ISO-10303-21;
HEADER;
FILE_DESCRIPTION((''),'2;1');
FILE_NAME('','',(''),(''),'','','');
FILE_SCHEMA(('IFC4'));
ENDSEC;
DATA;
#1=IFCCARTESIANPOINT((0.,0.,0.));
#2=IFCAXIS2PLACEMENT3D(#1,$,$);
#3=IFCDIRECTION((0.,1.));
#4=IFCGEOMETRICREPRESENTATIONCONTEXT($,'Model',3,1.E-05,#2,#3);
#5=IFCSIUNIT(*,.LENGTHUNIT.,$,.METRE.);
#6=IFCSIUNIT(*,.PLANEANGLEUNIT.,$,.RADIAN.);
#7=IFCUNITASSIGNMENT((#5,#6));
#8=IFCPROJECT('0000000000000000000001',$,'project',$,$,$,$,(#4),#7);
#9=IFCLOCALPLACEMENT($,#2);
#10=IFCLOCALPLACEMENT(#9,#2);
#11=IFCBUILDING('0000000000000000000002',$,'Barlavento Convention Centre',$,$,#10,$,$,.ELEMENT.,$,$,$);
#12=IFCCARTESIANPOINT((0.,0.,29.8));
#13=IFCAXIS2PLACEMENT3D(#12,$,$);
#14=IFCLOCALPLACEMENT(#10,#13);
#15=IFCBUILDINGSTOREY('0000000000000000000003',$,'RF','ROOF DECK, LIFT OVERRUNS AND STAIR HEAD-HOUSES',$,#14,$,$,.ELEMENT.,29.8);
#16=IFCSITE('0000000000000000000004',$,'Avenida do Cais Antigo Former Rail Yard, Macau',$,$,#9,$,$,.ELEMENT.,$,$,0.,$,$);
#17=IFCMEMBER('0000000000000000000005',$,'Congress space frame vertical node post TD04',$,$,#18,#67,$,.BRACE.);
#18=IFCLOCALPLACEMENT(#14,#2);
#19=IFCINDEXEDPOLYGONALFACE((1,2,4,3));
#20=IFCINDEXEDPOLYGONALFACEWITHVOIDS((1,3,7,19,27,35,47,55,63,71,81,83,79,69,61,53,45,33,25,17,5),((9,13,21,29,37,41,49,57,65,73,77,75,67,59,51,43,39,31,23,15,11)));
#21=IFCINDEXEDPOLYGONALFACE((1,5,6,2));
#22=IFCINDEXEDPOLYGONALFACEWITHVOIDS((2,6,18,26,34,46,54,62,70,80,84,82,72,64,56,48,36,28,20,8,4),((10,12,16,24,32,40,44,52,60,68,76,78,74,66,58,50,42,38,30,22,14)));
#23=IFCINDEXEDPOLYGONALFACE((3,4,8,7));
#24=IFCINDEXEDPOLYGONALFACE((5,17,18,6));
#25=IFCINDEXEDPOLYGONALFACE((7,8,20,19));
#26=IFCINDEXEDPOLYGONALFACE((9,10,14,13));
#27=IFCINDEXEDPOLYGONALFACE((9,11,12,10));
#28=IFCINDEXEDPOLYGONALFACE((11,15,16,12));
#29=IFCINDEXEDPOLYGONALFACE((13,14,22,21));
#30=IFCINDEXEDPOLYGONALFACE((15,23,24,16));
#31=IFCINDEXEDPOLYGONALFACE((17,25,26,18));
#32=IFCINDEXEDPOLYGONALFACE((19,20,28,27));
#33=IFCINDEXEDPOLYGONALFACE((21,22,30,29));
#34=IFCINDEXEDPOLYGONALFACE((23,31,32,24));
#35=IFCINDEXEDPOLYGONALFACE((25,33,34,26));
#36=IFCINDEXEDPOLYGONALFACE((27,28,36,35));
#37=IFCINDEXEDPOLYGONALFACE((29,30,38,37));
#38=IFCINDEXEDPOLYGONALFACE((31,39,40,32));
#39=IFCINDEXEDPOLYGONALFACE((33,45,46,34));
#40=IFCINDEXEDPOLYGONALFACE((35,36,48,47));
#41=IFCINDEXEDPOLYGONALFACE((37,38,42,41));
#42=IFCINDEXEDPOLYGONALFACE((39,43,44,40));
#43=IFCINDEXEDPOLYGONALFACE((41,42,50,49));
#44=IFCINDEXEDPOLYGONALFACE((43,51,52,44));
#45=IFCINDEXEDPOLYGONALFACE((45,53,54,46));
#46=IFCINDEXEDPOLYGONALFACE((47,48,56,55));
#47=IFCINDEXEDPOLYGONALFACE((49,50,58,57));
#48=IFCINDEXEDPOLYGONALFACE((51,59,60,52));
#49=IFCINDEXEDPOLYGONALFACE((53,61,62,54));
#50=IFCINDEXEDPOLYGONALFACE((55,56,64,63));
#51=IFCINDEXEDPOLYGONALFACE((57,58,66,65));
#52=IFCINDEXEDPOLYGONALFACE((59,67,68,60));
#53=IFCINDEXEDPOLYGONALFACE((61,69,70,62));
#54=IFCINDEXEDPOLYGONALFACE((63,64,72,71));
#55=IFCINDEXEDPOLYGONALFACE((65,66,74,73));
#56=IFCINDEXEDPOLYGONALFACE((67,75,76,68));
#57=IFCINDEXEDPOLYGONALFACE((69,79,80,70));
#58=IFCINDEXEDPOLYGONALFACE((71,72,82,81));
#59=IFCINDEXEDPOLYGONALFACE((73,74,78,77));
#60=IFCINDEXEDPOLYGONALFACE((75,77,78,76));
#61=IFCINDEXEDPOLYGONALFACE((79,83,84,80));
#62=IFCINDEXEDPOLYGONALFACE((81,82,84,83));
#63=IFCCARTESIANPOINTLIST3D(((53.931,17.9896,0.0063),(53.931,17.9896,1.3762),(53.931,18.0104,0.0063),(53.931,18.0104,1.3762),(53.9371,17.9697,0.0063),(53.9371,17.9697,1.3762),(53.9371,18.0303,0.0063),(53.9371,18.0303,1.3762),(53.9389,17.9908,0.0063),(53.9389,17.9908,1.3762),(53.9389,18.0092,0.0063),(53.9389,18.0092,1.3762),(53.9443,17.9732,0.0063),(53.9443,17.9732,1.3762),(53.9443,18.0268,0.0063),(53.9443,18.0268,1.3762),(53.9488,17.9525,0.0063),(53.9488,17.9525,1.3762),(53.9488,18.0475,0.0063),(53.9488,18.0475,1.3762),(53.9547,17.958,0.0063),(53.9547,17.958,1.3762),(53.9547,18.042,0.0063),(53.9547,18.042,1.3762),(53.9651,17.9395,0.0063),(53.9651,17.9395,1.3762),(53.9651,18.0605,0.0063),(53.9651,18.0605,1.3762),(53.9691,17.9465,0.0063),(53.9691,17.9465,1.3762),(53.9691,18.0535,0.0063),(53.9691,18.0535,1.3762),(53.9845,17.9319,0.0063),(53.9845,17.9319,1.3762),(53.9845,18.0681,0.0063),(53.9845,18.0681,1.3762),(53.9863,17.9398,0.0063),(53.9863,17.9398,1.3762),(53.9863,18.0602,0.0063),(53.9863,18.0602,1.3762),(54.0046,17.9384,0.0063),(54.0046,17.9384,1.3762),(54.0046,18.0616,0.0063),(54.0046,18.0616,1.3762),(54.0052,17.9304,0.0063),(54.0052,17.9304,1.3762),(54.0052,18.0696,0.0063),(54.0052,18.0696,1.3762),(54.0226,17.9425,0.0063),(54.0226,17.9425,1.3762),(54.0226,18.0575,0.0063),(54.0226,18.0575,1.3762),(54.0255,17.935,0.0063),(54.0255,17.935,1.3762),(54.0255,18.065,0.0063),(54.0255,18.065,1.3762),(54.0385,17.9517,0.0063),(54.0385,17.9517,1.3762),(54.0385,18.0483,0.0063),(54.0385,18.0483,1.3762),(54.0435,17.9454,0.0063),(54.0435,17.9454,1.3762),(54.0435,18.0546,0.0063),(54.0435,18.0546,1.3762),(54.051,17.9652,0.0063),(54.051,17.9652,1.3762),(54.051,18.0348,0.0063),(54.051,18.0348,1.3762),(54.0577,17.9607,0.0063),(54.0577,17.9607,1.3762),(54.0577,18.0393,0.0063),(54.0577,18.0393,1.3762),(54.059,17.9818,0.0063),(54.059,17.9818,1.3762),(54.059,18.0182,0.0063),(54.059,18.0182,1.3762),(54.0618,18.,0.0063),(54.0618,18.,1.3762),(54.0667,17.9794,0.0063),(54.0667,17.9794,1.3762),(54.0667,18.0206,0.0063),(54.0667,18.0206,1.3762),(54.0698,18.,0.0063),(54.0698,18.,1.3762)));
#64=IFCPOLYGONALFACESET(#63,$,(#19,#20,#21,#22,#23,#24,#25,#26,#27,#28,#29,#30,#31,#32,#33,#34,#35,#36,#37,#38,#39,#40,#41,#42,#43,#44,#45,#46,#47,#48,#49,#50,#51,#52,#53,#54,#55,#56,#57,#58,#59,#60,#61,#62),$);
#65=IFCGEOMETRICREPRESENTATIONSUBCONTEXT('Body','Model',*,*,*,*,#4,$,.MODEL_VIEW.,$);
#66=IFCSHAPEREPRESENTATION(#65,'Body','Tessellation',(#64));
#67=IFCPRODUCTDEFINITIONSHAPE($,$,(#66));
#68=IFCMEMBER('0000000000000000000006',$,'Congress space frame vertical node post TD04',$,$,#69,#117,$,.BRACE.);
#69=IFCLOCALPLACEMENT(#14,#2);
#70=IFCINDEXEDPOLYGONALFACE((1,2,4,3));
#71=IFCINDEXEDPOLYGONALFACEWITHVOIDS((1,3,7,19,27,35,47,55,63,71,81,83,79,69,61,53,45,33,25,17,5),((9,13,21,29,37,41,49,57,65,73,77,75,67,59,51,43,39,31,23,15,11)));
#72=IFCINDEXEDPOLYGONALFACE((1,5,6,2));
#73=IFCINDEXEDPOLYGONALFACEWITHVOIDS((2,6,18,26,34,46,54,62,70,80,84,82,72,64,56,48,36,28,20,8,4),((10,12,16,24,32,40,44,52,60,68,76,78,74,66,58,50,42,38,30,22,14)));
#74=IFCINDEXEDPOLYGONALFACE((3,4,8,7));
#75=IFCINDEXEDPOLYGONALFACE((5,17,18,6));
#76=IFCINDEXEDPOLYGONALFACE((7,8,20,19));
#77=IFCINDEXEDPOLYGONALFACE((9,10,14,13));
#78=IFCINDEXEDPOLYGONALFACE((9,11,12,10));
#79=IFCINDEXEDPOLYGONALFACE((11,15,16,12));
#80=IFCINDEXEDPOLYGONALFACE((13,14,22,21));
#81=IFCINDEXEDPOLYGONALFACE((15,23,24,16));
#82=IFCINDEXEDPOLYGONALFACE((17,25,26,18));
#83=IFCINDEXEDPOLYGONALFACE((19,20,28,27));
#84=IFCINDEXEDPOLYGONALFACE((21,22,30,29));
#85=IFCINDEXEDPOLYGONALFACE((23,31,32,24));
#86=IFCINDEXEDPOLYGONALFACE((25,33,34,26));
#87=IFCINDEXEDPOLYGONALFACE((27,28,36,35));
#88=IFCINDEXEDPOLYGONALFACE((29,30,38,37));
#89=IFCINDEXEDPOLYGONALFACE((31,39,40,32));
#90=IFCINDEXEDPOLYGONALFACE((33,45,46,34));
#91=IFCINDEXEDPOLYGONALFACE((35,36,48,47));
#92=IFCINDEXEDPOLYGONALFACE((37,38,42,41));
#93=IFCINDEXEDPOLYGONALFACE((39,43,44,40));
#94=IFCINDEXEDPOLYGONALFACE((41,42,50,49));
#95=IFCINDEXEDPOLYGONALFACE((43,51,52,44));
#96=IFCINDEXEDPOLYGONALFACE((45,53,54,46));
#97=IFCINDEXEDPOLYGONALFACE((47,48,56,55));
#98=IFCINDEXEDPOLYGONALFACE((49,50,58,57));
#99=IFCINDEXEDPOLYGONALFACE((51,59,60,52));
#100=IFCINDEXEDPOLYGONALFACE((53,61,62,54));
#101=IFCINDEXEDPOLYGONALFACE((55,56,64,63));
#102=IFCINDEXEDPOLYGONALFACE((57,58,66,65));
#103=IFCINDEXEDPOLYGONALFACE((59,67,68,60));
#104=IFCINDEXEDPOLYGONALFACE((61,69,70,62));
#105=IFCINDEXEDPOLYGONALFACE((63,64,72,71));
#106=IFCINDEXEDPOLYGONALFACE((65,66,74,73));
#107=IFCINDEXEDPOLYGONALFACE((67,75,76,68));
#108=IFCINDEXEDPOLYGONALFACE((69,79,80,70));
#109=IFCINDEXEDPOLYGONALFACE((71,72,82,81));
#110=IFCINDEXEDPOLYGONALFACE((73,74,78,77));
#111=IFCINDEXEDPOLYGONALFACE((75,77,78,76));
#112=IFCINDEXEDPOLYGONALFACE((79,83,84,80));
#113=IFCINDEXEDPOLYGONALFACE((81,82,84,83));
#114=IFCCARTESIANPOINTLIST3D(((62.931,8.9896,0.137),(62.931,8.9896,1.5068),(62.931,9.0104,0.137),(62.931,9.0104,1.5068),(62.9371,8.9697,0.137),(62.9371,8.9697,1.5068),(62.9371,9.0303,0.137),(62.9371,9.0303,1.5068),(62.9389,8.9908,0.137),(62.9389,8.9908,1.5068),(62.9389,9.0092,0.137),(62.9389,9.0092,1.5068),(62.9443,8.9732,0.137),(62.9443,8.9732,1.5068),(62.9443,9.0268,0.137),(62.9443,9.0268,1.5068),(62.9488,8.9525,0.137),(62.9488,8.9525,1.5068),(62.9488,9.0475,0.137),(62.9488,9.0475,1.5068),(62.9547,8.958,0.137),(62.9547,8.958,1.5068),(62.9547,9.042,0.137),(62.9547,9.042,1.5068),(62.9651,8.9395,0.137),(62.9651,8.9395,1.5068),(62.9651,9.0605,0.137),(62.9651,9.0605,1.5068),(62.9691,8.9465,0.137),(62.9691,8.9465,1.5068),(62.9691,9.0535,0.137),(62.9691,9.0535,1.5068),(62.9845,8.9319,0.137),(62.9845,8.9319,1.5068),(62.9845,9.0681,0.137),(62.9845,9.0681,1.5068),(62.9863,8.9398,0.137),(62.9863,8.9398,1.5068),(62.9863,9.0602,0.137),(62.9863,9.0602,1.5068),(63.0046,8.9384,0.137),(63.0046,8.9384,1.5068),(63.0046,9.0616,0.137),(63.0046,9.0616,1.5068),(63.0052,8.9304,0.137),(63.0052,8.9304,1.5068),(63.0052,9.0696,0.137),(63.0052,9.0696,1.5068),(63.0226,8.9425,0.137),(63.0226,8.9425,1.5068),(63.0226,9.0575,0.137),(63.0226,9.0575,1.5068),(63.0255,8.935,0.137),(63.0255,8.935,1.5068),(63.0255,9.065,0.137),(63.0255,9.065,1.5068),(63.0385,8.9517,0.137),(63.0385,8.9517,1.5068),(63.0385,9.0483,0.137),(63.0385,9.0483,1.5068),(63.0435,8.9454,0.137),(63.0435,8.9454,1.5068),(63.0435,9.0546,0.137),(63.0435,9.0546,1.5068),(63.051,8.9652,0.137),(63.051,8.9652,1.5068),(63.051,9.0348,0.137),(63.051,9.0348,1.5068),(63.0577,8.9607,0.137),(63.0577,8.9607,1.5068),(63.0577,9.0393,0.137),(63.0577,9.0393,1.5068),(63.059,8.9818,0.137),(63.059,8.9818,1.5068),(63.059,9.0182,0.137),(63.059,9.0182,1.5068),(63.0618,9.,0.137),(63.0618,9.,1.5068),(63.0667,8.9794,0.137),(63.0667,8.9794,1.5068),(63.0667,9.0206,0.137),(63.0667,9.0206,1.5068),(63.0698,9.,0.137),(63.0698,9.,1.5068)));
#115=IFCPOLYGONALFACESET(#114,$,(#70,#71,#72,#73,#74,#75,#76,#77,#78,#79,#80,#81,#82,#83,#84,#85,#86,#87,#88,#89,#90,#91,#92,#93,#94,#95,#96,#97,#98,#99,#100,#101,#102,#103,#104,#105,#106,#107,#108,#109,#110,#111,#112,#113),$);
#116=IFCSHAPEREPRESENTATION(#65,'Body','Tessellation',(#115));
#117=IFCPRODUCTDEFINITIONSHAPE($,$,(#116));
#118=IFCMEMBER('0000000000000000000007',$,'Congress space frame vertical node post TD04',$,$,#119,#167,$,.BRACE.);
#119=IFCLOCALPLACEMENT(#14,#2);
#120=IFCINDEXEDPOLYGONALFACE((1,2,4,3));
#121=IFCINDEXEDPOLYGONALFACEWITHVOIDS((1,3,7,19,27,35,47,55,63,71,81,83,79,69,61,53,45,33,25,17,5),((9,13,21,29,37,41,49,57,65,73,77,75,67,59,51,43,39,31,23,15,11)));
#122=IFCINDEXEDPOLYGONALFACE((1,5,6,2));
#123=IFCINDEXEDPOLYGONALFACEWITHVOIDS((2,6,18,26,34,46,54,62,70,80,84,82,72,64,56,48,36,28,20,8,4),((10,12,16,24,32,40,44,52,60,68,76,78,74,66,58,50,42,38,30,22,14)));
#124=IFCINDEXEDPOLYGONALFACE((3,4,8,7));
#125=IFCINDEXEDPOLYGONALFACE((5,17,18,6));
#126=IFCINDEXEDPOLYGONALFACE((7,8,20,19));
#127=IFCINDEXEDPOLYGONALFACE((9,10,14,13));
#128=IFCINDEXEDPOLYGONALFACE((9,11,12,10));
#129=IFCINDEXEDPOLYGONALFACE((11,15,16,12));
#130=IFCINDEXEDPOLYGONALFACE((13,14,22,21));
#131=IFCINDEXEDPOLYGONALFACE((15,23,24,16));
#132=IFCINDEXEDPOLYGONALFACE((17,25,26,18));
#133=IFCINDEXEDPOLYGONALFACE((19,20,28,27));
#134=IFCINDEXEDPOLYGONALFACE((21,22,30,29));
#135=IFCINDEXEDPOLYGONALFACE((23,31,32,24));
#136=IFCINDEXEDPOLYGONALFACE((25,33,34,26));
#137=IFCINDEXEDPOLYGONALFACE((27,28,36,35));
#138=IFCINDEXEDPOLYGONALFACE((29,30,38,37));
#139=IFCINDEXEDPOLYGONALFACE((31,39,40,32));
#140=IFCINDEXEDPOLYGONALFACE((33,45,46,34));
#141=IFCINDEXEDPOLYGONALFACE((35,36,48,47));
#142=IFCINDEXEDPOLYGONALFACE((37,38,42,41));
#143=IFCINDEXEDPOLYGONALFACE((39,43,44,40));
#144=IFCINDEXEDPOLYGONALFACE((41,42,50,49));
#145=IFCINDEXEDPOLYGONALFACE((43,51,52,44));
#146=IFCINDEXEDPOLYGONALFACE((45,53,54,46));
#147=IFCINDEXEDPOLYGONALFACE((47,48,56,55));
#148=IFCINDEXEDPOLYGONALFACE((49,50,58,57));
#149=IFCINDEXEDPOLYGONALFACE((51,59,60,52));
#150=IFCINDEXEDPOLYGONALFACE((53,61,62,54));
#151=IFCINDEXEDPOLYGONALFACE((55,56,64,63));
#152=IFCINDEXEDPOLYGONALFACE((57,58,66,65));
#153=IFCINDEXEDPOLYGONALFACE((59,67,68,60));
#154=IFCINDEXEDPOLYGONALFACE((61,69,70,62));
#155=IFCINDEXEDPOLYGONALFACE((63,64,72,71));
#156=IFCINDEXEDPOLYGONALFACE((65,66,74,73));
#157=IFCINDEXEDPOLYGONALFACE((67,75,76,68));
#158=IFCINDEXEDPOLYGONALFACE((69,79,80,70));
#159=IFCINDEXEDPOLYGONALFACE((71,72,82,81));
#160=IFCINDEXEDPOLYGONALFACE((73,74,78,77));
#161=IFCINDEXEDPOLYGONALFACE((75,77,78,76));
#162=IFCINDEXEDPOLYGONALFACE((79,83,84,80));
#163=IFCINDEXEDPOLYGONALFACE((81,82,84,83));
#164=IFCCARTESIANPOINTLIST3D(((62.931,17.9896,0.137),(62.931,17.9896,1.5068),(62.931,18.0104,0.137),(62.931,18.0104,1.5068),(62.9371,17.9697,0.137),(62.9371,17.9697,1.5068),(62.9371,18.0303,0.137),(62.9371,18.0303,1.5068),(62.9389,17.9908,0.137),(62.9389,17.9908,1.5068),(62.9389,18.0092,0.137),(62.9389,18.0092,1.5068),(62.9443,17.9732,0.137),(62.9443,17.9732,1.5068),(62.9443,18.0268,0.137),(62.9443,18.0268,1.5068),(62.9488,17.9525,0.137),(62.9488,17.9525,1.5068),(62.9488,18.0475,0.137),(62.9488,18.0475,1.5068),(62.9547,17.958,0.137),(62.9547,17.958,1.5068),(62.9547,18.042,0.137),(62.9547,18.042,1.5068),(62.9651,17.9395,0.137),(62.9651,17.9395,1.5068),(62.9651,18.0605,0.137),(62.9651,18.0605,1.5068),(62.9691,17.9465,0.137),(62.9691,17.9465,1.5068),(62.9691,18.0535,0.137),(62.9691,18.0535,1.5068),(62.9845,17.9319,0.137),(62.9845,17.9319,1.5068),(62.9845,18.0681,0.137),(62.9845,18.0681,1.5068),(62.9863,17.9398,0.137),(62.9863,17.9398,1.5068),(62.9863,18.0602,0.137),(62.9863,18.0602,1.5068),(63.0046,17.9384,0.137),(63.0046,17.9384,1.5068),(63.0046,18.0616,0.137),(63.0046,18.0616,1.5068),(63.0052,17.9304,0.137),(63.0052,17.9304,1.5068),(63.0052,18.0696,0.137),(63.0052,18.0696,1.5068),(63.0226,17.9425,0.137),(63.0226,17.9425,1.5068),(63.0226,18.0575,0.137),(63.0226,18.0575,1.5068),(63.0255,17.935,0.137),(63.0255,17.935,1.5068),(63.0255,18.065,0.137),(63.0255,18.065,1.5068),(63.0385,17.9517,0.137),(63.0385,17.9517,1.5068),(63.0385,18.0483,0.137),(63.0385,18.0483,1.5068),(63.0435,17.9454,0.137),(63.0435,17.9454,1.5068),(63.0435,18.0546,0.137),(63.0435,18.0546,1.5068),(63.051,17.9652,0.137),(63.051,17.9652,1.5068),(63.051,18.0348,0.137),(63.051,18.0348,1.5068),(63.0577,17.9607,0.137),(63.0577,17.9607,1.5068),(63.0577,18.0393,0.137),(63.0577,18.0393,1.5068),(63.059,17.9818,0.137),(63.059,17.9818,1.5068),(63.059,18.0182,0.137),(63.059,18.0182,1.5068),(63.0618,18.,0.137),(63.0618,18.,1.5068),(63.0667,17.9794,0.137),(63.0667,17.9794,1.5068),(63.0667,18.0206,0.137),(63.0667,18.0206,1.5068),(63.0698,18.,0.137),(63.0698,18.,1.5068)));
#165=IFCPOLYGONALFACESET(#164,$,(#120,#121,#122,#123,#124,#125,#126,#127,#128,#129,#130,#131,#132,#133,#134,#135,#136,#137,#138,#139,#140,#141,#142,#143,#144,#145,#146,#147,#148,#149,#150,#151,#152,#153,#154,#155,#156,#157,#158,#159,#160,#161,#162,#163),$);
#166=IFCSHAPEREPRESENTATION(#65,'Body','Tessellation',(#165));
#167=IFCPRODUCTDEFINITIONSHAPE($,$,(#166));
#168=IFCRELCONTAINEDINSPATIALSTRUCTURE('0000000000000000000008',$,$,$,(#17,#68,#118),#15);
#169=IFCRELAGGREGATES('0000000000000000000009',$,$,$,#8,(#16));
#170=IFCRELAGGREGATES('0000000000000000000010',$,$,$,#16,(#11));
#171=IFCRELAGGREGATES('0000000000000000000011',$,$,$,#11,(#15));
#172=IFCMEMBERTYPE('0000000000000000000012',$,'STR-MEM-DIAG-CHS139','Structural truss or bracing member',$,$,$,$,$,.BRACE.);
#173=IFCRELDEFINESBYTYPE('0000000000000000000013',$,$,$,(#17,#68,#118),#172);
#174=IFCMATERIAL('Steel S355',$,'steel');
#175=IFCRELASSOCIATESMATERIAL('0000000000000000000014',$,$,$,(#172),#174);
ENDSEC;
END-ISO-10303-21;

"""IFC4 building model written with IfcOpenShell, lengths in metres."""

from ifc_helpers import new_model, si_unit, direction, frame, origin, origin_2d, place, context, subcontext, project, spatial, hollow_circle, extrude, material, material_profile, profile_set, type_object, element, save


model = new_model("IFC4")

# Units and contexts
model_context = context("Model", 3, precision=1e-05, world=origin(), true_north=direction((0.0, 1.0)))
body_context = subcontext(model_context, "Body", "Model", "MODEL_VIEW")
ifc_project = project(units=[si_unit("LENGTHUNIT", "METRE"), si_unit("PLANEANGLEUNIT", "RADIAN")], contexts=[model_context])

# Site, building, storey
site_placement = place(None, origin())
site = spatial("IfcSite", under=ifc_project, at=site_placement, Name="Avenida do Cais Antigo Former Rail Yard, Macau", CompositionType="ELEMENT", RefElevation=0.0)
building_placement = place(site_placement, origin())
building = spatial("IfcBuilding", under=site, at=building_placement, Name="Barlavento Convention Centre", CompositionType="ELEMENT")
storey_placement = place(building_placement, frame((0.0, 0.0, 29.8)))
storey = spatial("IfcBuildingStorey", under=building, at=storey_placement, Name="RF", Description="ROOF DECK, LIFT OVERRUNS AND STAIR HEAD-HOUSES", CompositionType="ELEMENT", Elevation=29.8)

# Members
ifc_material_1 = material(Name="Steel S355", Category="steel")
ifc_material_profile_1 = material_profile(ifc_material_1, hollow_circle(Radius=0.0698, WallThickness=0.0081, at=origin_2d()), Name="CHS 139.7x8.0")
ifc_profile_set_1 = profile_set([ifc_material_profile_1], Name="Steel S355")
member_type_1 = type_object("IfcMemberType", Name="STR-MEM-DIAG-CHS139", Description="Structural truss or bracing member", PredefinedType="BRACE", material=ifc_profile_set_1)
for number, where, z_axis, x_axis, name in (
    (1, (54.0, 18.0, 0.0063), (0.0, 0.0, 1.0), (1.0, 0.0, 0.0), "Congress space frame vertical node post TD04"),
    (2, (63.0, 9.0, 0.137), (0.0, 0.0, 1.0), (1.0, 0.0, 0.0), "Congress space frame vertical node post TD04"),
    (3, (63.0, 18.0, 0.137), (0.0, 0.0, 1.0), (1.0, 0.0, 0.0), "Congress space frame vertical node post TD04"),
):
    element("IfcMember", number, at=place(storey_placement, frame(where, z_axis=z_axis, x_axis=x_axis)), inside=storey, type_object=member_type_1, Name=name, PredefinedType="BRACE", context=body_context, shape_type="SweptSolid", body=[
        extrude(hollow_circle(Radius=0.0698, WallThickness=0.0081, at=origin_2d()), origin(), (0.0, 0.0, 1.0), 1.3699),
    ])

save(model, "model.ifc")
